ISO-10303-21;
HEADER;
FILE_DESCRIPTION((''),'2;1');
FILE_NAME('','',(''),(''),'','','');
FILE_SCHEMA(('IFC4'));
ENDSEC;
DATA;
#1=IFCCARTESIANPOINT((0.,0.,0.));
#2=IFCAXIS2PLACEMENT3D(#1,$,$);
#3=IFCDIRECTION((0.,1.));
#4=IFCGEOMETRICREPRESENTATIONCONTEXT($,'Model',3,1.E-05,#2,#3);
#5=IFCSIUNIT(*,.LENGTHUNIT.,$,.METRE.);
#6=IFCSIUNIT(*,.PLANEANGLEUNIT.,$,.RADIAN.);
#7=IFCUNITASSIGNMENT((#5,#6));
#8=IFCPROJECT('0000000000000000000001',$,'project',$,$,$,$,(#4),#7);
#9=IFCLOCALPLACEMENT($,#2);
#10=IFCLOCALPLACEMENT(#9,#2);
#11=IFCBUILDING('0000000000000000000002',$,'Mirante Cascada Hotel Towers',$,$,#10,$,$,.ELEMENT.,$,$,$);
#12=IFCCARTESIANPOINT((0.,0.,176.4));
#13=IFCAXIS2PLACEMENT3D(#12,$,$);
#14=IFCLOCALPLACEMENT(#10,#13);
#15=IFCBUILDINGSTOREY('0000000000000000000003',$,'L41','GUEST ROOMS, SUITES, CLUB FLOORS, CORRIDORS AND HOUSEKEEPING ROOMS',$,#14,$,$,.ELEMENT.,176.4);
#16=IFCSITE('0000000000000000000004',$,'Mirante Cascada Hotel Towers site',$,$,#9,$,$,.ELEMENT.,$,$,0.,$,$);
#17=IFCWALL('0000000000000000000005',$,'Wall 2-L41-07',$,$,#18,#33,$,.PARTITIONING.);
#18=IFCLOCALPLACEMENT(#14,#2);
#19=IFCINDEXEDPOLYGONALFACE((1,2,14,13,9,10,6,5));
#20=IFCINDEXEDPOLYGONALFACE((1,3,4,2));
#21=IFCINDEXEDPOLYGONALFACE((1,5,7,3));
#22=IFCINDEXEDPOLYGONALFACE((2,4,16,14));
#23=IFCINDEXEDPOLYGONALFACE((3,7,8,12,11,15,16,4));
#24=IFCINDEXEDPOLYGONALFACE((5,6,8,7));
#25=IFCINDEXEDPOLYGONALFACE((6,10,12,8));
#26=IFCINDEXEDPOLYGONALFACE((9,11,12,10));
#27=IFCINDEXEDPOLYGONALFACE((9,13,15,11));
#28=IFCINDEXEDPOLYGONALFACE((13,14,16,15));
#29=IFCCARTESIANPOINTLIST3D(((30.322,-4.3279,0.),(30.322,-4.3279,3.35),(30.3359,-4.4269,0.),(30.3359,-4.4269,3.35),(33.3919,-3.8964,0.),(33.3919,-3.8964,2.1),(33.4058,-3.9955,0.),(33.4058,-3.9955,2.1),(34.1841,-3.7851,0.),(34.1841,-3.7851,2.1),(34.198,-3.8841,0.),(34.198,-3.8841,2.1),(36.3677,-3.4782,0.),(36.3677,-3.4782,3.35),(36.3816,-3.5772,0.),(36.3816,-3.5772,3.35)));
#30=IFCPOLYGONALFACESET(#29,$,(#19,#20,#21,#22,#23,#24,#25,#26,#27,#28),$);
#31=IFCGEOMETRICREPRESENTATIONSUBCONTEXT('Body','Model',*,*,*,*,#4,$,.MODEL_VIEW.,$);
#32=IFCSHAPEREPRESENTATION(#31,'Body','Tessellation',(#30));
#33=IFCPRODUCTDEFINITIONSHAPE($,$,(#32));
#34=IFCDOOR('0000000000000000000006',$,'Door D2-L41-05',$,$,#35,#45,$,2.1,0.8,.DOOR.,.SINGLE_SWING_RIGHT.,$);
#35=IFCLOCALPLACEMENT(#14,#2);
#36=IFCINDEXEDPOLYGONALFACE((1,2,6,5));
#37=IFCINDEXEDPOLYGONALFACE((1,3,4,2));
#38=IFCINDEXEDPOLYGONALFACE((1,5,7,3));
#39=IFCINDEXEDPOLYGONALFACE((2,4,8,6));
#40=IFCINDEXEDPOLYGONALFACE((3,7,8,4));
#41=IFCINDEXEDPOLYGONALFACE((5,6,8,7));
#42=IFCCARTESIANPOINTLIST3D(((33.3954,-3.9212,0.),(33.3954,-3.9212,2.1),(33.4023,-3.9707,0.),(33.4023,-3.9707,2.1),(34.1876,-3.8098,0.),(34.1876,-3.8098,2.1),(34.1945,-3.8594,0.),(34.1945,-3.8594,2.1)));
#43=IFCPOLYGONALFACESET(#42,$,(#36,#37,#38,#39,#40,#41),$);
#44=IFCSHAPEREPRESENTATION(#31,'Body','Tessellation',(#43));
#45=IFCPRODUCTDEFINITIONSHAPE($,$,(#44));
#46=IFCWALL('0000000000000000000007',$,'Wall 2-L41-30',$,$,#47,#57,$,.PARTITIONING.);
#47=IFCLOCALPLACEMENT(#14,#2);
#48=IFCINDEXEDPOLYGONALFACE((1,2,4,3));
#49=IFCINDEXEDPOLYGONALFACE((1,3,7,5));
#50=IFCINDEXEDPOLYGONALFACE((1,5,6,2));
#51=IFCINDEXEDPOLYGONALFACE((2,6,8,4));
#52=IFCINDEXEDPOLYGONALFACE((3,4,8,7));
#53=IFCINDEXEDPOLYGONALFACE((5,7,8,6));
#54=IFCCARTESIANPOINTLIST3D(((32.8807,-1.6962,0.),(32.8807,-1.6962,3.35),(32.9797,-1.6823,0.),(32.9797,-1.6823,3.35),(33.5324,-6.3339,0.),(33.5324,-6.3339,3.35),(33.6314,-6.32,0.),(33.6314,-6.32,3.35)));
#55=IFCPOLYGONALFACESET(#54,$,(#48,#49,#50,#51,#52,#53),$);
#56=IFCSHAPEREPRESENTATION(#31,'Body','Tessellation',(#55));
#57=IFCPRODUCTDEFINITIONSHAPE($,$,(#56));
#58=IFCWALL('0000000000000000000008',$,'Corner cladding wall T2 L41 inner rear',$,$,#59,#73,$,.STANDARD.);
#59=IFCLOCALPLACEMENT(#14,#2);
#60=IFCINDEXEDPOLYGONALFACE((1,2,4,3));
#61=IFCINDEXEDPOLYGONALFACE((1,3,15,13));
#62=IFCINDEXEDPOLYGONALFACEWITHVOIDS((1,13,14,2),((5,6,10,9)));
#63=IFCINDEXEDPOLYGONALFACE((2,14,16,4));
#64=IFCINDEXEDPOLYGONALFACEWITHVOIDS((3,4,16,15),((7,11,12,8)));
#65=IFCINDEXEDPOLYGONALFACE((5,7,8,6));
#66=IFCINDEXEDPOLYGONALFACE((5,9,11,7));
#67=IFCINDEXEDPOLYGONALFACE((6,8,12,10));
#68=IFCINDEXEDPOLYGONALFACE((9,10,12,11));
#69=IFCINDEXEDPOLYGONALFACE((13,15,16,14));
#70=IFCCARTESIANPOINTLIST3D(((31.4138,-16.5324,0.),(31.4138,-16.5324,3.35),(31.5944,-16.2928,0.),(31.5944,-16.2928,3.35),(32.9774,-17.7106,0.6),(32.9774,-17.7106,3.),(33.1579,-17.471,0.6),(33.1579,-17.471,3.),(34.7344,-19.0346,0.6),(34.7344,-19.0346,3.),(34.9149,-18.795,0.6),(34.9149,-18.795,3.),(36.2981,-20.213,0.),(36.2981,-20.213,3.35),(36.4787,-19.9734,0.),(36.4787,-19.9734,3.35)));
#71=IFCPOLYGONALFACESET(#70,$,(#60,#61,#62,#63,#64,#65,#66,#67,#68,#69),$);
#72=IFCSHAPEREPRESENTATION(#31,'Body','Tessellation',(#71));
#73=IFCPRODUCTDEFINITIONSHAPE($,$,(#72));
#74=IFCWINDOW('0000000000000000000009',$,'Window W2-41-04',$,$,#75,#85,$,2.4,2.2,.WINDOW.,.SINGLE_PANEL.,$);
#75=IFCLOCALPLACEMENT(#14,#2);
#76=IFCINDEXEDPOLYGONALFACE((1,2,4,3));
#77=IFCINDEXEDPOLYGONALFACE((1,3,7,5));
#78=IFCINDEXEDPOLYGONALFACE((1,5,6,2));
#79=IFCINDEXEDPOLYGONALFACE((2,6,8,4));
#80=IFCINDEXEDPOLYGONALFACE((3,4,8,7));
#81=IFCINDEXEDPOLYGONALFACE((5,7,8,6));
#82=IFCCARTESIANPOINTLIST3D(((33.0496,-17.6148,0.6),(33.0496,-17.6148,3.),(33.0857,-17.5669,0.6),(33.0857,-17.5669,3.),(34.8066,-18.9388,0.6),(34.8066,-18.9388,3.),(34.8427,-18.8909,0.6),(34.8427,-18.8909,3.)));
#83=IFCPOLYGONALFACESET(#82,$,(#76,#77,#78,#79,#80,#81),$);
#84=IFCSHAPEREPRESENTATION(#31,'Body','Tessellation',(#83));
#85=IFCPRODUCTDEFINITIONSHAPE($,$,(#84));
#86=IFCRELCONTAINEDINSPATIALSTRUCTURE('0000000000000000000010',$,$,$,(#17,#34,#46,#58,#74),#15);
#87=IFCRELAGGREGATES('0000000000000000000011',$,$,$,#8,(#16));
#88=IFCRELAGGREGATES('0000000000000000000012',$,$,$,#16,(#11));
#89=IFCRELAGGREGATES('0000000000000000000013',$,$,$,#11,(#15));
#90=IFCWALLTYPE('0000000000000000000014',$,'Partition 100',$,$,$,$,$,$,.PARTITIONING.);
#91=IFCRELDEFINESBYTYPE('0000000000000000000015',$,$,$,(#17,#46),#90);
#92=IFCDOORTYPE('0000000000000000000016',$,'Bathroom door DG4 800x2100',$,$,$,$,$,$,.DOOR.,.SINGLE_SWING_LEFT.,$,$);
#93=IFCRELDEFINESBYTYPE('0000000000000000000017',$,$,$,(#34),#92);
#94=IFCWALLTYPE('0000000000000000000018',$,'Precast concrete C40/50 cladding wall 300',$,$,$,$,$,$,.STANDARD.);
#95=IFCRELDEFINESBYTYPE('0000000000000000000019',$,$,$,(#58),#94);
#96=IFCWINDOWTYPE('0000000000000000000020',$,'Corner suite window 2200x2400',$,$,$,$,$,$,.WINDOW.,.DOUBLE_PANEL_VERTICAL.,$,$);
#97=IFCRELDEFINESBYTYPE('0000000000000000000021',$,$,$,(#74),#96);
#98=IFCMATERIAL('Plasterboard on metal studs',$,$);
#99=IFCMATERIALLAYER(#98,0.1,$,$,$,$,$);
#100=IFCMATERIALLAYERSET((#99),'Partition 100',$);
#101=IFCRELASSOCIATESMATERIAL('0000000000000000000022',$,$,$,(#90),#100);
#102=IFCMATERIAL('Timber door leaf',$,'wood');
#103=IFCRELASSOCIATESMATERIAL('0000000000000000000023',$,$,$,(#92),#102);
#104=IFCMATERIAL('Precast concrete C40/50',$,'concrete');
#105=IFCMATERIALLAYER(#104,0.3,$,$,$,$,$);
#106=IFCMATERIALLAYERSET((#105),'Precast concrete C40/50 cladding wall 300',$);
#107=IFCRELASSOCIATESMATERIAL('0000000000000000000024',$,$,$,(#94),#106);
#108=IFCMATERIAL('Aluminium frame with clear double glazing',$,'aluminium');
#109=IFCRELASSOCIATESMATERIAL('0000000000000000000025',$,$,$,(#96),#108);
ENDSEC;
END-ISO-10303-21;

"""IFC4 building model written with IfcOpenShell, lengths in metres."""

from ifc_helpers import new_model, si_unit, direction, frame, frame_2d, origin, place, context, subcontext, project, spatial, rectangle, extrude, material, layer, layer_set, type_object, element, fill, save


model = new_model("IFC4")

# Units and contexts
model_context = context("Model", 3, precision=1e-05, world=origin(), true_north=direction((0.0, 1.0)))
body_context = subcontext(model_context, "Body", "Model", "MODEL_VIEW")
ifc_project = project(units=[si_unit("LENGTHUNIT", "METRE"), si_unit("PLANEANGLEUNIT", "RADIAN")], contexts=[model_context])

# Site, building, storey
site_placement = place(None, origin())
site = spatial("IfcSite", under=ifc_project, at=site_placement, Name="Mirante Cascada Hotel Towers site", CompositionType="ELEMENT", RefElevation=0.0)
building_placement = place(site_placement, origin())
building = spatial("IfcBuilding", under=site, at=building_placement, Name="Mirante Cascada Hotel Towers", CompositionType="ELEMENT")
storey_placement = place(building_placement, frame((0.0, 0.0, 176.4)))
storey = spatial("IfcBuildingStorey", under=building, at=storey_placement, Name="L41", Description="GUEST ROOMS, SUITES, CLUB FLOORS, CORRIDORS AND HOUSEKEEPING ROOMS", CompositionType="ELEMENT", Elevation=176.4)

# Wall, opening, door
ifc_material_1 = material(Name="Plasterboard on metal studs")
ifc_layer_1 = layer(ifc_material_1, 0.1)
ifc_layer_set_1 = layer_set([ifc_layer_1], Name="Partition 100")
wall_type_1 = type_object("IfcWallType", Name="Partition 100", PredefinedType="PARTITIONING", material=ifc_layer_set_1)
wall_1_placement = place(storey_placement, frame((36.3747, -3.5277, 0.0), z_axis=(0.0, 0.0, 1.0), x_axis=(-0.990267, -0.139178, 0.0)))
wall_1 = element("IfcWall", 1, at=wall_1_placement, inside=storey, type_object=wall_type_1, Name="Wall 2-L41-07", PredefinedType="PARTITIONING", context=body_context, shape_type="SweptSolid", body=[
    extrude(rectangle(XDim=6.1051, YDim=0.1, at=frame_2d((3.0526, 0.0))), origin(), (0.0, 0.0, 1.0), 3.35),
])
opening_1_placement = place(wall_1_placement, frame((2.2051, 0.0, 0.0)))
opening_1 = element("IfcOpeningElement", 2, at=opening_1_placement, cuts=wall_1, PredefinedType="OPENING", context=body_context, shape_type="SweptSolid", body=[
    extrude(rectangle(XDim=0.8, YDim=2.1, at=frame_2d((0.4, 1.05))), frame((0.0, 0.05, 0.0), z_axis=(0.0, -1.0, 0.0), x_axis=(1.0, 0.0, 0.0)), (0.0, 0.0, 1.0), 0.1),
])
ifc_material_2 = material(Name="Timber door leaf", Category="wood")
door_type_1 = type_object("IfcDoorType", Name="Bathroom door DG4 800x2100", OperationType="SINGLE_SWING_LEFT", PredefinedType="DOOR", material=ifc_material_2)
door_1_placement = place(opening_1_placement, frame((0.8, 0.0, 0.0), z_axis=(0.0, 0.0, 1.0), x_axis=(-1.0, 0.0, 0.0)))
door_1 = element("IfcDoor", 3, at=door_1_placement, inside=storey, type_object=door_type_1, Name="Door D2-L41-05", OperationType="SINGLE_SWING_RIGHT", OverallHeight=2.1, OverallWidth=0.8, PredefinedType="DOOR", context=body_context, shape_type="SweptSolid", body=[
    extrude(rectangle(XDim=0.8, YDim=2.1, at=frame_2d((0.4, 1.05))), frame((0.0, 0.025, 0.0), z_axis=(0.0, -1.0, 0.0), x_axis=(1.0, 0.0, 0.0)), (0.0, 0.0, 1.0), 0.05),
])
fill(opening_1, door_1)

# Wall
wall_2_placement = place(storey_placement, frame((33.5819, -6.3269, 0.0), z_axis=(0.0, 0.0, 1.0), x_axis=(-0.139155, 0.990271, 0.0)))
element("IfcWall", 4, at=wall_2_placement, inside=storey, type_object=wall_type_1, Name="Wall 2-L41-30", PredefinedType="PARTITIONING", context=body_context, shape_type="SweptSolid", body=[
    extrude(rectangle(XDim=4.6833, YDim=0.1, at=frame_2d((2.3416, 0.0))), origin(), (0.0, 0.0, 1.0), 3.35),
])

# Wall, opening, window
ifc_material_3 = material(Name="Precast concrete C40/50", Category="concrete")
ifc_layer_2 = layer(ifc_material_3, 0.3)
ifc_layer_set_2 = layer_set([ifc_layer_2], Name="Precast concrete C40/50 cladding wall 300")
wall_type_2 = type_object("IfcWallType", Name="Precast concrete C40/50 cladding wall 300", PredefinedType="STANDARD", material=ifc_layer_set_2)
wall_3_placement = place(storey_placement, frame((31.5041, -16.4126, 0.0), z_axis=(0.0, 0.0, 1.0), x_axis=(0.798634, -0.601817, 0.0)))
wall_3 = element("IfcWall", 5, at=wall_3_placement, inside=storey, type_object=wall_type_2, Name="Corner cladding wall T2 L41 inner rear", PredefinedType="STANDARD", context=body_context, shape_type="SweptSolid", body=[
    extrude(rectangle(XDim=6.1158, YDim=0.3, at=frame_2d((3.0579, 0.0))), origin(), (0.0, 0.0, 1.0), 3.35),
])
opening_2_placement = place(wall_3_placement, frame((1.9578, 0.0, 0.6)))
opening_2 = element("IfcOpeningElement", 6, at=opening_2_placement, cuts=wall_3, PredefinedType="OPENING", context=body_context, shape_type="SweptSolid", body=[
    extrude(rectangle(XDim=2.2, YDim=2.4, at=frame_2d((1.1, 1.2))), frame((0.0, 0.15, 0.0), z_axis=(0.0, -1.0, 0.0), x_axis=(1.0, 0.0, 0.0)), (0.0, 0.0, 1.0), 0.3),
])
ifc_material_4 = material(Name="Aluminium frame with clear double glazing", Category="aluminium")
window_type = type_object("IfcWindowType", Name="Corner suite window 2200x2400", PartitioningType="DOUBLE_PANEL_VERTICAL", PredefinedType="WINDOW", material=ifc_material_4)
window_placement = place(opening_2_placement, origin())
window = element("IfcWindow", 7, at=window_placement, inside=storey, type_object=window_type, Name="Window W2-41-04", OverallHeight=2.4, OverallWidth=2.2, PartitioningType="SINGLE_PANEL", PredefinedType="WINDOW", context=body_context, shape_type="SweptSolid", body=[
    extrude(rectangle(XDim=2.2, YDim=2.4, at=frame_2d((1.1, 1.2))), frame((0.0, 0.03, 0.0), z_axis=(0.0, -1.0, 0.0), x_axis=(1.0, 0.0, 0.0)), (0.0, 0.0, 1.0), 0.06),
])
fill(opening_2, window)

save(model, "model.ifc")
